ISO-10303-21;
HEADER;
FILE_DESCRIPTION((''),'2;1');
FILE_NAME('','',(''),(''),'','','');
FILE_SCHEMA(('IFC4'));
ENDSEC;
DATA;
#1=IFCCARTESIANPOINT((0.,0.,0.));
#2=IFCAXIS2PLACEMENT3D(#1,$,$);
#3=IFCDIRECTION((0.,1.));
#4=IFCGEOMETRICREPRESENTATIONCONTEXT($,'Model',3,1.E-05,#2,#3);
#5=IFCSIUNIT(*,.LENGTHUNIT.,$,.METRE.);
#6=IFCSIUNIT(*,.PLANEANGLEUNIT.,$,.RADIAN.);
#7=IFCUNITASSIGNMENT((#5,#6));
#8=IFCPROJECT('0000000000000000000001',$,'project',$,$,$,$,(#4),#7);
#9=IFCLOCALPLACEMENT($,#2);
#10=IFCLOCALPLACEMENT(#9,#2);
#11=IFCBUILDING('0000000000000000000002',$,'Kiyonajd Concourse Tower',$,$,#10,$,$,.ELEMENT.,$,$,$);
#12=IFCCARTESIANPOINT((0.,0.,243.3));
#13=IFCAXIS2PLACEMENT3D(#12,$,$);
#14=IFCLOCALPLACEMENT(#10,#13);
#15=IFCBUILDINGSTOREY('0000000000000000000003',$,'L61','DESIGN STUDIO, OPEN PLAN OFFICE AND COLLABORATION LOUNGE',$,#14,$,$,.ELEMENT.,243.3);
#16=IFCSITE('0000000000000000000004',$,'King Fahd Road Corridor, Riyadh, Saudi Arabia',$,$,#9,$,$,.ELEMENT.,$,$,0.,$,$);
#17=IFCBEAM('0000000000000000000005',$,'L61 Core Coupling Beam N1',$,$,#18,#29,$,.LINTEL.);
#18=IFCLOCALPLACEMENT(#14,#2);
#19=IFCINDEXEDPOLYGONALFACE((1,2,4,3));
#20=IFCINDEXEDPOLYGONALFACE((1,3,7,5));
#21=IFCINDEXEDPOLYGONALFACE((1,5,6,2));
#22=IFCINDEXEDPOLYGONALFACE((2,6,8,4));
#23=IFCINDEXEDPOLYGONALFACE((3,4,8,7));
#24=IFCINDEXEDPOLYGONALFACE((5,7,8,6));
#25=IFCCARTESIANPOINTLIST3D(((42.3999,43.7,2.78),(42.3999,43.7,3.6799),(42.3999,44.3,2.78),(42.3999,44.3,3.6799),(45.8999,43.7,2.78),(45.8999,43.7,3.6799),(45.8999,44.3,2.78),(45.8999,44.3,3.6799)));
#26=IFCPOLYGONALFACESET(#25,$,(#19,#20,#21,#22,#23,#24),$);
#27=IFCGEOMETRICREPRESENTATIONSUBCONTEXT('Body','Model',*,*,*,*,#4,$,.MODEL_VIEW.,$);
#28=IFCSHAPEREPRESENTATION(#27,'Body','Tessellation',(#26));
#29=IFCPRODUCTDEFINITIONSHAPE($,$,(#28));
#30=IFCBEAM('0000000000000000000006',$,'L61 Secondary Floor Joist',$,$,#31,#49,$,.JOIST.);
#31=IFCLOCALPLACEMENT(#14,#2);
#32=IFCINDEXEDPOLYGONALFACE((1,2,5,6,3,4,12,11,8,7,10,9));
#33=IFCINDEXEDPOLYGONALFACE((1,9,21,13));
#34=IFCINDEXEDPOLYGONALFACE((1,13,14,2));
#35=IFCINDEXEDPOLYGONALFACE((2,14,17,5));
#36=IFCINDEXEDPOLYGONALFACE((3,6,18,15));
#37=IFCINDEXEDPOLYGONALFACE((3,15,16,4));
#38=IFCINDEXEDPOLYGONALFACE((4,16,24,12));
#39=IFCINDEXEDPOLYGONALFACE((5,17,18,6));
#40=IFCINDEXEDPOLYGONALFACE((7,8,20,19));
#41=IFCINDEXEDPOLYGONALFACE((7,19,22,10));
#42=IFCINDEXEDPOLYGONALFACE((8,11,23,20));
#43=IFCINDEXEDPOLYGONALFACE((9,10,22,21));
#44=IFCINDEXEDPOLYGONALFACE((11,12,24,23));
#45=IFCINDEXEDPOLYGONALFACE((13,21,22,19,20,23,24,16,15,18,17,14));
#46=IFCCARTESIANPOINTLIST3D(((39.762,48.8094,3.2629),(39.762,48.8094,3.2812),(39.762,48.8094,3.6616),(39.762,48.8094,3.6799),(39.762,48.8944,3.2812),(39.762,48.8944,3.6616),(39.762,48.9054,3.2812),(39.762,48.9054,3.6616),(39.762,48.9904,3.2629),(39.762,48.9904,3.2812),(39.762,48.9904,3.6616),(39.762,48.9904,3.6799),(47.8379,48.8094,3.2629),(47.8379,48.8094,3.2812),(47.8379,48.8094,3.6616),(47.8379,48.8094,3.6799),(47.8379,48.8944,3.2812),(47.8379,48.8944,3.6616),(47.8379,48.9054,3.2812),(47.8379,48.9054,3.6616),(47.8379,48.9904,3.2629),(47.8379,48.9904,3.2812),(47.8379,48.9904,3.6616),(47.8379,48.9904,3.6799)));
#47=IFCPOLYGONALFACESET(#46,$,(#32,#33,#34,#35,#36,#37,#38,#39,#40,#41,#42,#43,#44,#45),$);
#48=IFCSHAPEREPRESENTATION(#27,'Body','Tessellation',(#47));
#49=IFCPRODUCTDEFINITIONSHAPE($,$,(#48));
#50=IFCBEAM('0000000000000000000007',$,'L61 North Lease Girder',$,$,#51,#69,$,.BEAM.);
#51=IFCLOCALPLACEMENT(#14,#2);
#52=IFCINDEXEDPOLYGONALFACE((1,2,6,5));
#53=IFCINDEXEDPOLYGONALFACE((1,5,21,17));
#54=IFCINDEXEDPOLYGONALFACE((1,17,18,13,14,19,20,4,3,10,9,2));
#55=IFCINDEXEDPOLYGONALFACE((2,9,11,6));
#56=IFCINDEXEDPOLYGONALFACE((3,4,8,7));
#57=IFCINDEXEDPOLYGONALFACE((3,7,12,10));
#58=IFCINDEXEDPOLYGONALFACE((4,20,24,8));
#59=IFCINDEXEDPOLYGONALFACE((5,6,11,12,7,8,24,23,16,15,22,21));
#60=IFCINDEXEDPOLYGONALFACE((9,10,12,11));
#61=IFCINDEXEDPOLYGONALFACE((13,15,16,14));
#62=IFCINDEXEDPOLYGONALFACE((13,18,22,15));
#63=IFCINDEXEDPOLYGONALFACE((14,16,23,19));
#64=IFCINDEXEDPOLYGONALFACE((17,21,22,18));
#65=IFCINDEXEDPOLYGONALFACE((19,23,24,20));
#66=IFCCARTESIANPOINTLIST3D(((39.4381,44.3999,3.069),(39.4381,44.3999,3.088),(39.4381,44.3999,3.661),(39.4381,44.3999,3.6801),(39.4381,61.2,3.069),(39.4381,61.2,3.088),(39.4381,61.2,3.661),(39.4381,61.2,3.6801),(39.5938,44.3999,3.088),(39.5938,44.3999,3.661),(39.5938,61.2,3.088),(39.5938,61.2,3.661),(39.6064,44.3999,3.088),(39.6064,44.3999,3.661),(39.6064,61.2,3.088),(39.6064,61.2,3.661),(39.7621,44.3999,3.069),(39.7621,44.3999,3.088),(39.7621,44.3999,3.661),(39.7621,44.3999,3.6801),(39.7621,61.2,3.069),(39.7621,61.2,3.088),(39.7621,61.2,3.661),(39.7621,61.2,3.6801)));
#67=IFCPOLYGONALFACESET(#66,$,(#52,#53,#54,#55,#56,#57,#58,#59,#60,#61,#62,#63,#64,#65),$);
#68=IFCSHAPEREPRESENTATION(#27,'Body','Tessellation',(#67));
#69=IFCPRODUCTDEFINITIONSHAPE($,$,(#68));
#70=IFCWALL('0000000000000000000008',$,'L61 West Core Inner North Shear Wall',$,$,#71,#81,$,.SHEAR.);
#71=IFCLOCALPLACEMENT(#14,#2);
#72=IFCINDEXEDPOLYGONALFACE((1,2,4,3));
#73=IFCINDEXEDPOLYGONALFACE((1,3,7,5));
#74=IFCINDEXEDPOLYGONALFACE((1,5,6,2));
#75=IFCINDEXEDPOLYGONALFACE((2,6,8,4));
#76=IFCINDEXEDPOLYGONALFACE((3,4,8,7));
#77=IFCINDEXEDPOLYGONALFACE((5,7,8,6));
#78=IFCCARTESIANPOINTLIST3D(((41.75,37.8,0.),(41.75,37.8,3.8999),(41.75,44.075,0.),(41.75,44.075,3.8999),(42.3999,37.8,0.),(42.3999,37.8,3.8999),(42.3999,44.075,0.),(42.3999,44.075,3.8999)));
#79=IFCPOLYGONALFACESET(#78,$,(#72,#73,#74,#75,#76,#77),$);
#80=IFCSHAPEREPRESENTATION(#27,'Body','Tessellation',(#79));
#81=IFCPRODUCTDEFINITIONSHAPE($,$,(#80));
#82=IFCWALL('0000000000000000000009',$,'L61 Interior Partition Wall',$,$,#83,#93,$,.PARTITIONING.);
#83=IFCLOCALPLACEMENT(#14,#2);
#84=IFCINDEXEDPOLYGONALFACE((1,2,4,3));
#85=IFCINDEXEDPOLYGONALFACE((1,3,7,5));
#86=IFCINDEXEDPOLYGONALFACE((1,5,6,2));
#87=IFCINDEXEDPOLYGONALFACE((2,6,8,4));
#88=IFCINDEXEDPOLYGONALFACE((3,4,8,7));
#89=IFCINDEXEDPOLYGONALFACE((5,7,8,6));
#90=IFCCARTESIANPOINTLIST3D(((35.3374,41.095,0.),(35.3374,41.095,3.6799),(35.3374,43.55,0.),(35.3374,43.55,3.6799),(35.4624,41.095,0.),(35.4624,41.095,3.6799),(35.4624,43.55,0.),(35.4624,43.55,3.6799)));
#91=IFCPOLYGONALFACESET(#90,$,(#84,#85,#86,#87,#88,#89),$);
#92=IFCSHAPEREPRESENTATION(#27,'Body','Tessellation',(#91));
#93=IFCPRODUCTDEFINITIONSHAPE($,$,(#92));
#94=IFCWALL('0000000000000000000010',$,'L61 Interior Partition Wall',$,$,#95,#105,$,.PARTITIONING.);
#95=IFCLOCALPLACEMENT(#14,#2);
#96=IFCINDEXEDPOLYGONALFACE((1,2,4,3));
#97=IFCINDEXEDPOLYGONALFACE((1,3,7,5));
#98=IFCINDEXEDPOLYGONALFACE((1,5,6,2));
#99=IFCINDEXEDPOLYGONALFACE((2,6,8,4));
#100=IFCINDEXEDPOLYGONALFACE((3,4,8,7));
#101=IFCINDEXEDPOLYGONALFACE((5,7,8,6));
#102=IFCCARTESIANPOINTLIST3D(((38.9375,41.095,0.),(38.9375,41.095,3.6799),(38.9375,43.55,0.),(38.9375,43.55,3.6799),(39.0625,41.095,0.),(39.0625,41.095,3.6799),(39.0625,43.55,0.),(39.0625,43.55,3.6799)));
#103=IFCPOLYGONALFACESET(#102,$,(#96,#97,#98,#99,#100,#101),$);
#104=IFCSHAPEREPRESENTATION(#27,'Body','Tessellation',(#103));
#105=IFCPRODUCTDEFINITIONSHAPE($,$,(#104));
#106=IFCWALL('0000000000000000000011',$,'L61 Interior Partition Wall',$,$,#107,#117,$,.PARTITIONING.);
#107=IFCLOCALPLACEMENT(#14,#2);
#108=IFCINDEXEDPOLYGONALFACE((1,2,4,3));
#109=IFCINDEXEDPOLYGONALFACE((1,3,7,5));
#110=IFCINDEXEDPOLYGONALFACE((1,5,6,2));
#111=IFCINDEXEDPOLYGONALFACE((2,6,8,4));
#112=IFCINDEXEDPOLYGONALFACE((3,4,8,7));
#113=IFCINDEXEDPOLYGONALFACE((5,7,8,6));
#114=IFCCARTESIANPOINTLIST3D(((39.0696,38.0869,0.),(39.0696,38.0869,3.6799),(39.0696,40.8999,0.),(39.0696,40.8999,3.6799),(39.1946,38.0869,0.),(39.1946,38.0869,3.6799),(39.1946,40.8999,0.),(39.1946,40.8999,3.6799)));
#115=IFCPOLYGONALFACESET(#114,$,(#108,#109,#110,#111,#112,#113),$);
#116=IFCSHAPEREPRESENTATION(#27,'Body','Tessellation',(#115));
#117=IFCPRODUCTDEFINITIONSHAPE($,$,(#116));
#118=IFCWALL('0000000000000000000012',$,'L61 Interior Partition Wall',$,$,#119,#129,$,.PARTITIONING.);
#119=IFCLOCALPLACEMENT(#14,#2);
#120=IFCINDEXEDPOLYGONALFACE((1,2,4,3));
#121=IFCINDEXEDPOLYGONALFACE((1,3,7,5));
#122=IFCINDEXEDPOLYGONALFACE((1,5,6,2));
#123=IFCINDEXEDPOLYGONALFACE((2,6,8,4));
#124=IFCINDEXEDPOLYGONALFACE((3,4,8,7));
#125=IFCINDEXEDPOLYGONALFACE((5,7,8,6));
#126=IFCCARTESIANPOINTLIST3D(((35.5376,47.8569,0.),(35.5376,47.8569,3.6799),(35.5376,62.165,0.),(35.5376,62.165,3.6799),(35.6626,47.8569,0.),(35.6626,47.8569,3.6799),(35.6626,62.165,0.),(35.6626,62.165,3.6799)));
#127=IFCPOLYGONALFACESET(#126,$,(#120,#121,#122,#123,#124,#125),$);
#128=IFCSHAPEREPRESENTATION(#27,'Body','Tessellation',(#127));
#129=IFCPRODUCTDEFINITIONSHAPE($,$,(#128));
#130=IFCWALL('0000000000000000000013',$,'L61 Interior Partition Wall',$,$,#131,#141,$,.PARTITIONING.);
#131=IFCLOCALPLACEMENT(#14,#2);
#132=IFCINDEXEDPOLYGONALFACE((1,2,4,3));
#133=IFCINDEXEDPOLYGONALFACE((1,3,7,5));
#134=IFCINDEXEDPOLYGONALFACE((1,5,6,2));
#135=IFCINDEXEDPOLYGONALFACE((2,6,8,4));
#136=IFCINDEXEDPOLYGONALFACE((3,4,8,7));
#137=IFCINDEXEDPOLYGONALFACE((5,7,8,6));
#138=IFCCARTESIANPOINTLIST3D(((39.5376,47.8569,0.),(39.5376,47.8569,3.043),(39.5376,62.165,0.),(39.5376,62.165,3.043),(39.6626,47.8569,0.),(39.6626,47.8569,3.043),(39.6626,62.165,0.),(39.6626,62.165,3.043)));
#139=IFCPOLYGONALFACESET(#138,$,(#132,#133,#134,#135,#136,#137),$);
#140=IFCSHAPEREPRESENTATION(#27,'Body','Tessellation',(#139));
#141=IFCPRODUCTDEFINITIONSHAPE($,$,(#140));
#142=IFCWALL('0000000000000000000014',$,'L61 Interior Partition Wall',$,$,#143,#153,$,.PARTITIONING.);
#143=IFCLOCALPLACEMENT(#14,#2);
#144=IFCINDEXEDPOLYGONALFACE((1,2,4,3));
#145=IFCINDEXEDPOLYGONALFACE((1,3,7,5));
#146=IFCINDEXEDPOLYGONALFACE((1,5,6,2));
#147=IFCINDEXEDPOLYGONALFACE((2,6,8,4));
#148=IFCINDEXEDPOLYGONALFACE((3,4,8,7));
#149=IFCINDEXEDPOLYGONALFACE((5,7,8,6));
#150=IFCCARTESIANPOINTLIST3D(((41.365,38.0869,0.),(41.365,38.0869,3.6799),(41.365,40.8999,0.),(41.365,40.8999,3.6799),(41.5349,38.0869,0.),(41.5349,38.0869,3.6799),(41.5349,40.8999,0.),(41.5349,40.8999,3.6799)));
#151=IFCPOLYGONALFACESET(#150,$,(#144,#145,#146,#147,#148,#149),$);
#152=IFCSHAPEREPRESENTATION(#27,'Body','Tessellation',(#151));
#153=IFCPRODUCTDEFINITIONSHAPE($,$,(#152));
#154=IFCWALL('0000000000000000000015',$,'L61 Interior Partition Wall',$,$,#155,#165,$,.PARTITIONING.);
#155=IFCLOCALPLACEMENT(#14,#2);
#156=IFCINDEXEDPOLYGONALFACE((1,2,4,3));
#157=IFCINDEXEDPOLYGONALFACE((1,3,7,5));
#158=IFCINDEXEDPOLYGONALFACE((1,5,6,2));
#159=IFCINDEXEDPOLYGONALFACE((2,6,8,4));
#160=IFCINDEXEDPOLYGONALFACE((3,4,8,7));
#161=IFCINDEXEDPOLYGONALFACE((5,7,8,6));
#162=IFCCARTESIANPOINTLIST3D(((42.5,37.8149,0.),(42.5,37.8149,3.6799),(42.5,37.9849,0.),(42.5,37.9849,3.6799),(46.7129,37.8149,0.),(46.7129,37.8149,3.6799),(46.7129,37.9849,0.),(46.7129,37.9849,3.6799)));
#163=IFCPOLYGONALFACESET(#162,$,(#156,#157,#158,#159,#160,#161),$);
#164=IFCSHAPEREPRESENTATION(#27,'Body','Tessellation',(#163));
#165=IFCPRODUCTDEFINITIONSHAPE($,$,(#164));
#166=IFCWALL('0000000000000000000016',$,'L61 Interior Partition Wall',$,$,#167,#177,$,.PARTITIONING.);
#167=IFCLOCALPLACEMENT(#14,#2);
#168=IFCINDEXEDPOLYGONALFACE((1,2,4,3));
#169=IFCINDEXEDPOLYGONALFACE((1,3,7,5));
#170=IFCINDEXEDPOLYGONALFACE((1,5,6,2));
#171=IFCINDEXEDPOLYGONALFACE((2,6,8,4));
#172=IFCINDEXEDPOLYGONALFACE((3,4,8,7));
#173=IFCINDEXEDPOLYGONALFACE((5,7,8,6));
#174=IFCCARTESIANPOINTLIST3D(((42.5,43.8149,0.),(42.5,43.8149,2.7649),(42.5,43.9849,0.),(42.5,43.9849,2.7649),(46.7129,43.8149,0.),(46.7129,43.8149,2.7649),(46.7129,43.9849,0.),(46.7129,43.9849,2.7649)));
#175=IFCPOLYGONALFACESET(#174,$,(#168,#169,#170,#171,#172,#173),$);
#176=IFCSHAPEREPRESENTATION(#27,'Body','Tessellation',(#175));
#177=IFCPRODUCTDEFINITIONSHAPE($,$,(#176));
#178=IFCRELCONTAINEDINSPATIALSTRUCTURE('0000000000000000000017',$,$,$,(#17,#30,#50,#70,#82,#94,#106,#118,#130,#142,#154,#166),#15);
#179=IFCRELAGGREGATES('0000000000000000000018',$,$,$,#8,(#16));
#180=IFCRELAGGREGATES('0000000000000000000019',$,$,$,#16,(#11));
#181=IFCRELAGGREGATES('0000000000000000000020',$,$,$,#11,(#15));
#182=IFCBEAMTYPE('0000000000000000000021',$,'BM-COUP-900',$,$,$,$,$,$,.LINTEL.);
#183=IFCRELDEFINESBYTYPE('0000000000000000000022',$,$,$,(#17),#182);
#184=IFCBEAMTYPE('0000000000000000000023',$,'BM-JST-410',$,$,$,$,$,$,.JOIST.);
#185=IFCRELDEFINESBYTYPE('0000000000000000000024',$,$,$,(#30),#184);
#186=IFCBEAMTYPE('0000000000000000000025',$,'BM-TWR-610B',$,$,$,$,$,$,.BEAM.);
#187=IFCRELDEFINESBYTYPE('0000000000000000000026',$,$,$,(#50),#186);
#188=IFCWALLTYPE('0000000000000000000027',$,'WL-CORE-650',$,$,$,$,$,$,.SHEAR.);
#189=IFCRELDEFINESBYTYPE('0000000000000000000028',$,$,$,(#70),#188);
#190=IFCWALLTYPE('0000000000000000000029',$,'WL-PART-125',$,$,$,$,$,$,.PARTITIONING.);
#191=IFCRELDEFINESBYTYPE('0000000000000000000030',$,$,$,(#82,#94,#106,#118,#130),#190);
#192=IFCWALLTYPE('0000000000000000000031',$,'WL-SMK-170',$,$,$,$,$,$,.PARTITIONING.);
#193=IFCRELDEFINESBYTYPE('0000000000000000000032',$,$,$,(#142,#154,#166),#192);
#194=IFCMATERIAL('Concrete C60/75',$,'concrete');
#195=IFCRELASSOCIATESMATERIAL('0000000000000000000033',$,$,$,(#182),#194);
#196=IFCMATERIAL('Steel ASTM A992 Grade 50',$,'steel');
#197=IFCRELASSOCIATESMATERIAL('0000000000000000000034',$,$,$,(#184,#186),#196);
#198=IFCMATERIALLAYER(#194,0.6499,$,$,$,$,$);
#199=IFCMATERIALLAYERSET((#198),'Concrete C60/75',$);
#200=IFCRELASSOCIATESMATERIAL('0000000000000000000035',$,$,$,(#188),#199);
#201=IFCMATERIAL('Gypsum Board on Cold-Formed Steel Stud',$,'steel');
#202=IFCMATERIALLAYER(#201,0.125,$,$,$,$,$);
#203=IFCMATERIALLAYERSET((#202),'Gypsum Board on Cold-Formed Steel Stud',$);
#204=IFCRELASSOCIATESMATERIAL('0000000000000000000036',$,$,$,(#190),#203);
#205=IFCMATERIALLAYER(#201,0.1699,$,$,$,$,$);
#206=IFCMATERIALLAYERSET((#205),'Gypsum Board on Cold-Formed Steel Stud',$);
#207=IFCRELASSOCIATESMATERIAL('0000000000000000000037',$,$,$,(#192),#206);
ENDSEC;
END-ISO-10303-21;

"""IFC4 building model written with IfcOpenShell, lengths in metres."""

from ifc_helpers import new_model, si_unit, direction, frame, frame_2d, origin, origin_2d, place, context, subcontext, project, spatial, rectangle, i_section, extrude, material, layer, layer_set, material_profile, profile_set, type_object, element, save


model = new_model("IFC4")

# Units and contexts
model_context = context("Model", 3, precision=1e-05, world=origin(), true_north=direction((0.0, 1.0)))
body_context = subcontext(model_context, "Body", "Model", "MODEL_VIEW")
ifc_project = project(units=[si_unit("LENGTHUNIT", "METRE"), si_unit("PLANEANGLEUNIT", "RADIAN")], contexts=[model_context])

# Site, building, storey
site_placement = place(None, origin())
site = spatial("IfcSite", under=ifc_project, at=site_placement, Name="King Fahd Road Corridor, Riyadh, Saudi Arabia", CompositionType="ELEMENT", RefElevation=0.0)
building_placement = place(site_placement, origin())
building = spatial("IfcBuilding", under=site, at=building_placement, Name="Kiyonajd Concourse Tower", CompositionType="ELEMENT")
storey_placement = place(building_placement, frame((0.0, 0.0, 243.3)))
storey = spatial("IfcBuildingStorey", under=building, at=storey_placement, Name="L61", Description="DESIGN STUDIO, OPEN PLAN OFFICE AND COLLABORATION LOUNGE", CompositionType="ELEMENT", Elevation=243.3)

# Beams
ifc_material_1 = material(Name="Concrete C60/75", Category="concrete")
ifc_material_profile_1 = material_profile(ifc_material_1, rectangle(XDim=0.6001, YDim=0.8999, at=origin_2d()), Name="RCBM-600x900")
ifc_profile_set_1 = profile_set([ifc_material_profile_1], Name="Concrete C60/75")
beam_type_1 = type_object("IfcBeamType", Name="BM-COUP-900", PredefinedType="LINTEL", material=ifc_profile_set_1)
beam_1_placement = place(storey_placement, frame((42.3999, 44.0, 3.23), z_axis=(1.0, 0.0, 0.0), x_axis=(0.0, 1.0, 0.0)))
element("IfcBeam", 1, at=beam_1_placement, inside=storey, type_object=beam_type_1, Name="L61 Core Coupling Beam N1", PredefinedType="LINTEL", context=body_context, shape_type="SweptSolid", body=[
    extrude(rectangle(XDim=0.6001, YDim=0.8999, at=origin_2d()), origin(), (0.0, 0.0, 1.0), 3.5),
])
ifc_material_2 = material(Name="Steel ASTM A992 Grade 50", Category="steel")
ifc_material_profile_2 = material_profile(ifc_material_2, i_section(OverallWidth=0.1809, OverallDepth=0.417, WebThickness=0.011, FlangeThickness=0.0183, at=origin_2d()), Name="W410X85")
ifc_profile_set_2 = profile_set([ifc_material_profile_2], Name="Steel ASTM A992 Grade 50")
beam_type_2 = type_object("IfcBeamType", Name="BM-JST-410", PredefinedType="JOIST", material=ifc_profile_set_2)
beam_2_placement = place(storey_placement, frame((39.762, 48.8999, 3.4714), z_axis=(1.0, 0.0, 0.0), x_axis=(0.0, 1.0, 0.0)))
element("IfcBeam", 2, at=beam_2_placement, inside=storey, type_object=beam_type_2, Name="L61 Secondary Floor Joist", PredefinedType="JOIST", context=body_context, shape_type="SweptSolid", body=[
    extrude(i_section(OverallWidth=0.1809, OverallDepth=0.417, WebThickness=0.011, FlangeThickness=0.0183, at=origin_2d()), origin(), (0.0, 0.0, 1.0), 8.0759),
])
ifc_material_profile_3 = material_profile(ifc_material_2, i_section(OverallWidth=0.324, OverallDepth=0.6111, WebThickness=0.0127, FlangeThickness=0.019, at=origin_2d()), Name="W610X155")
ifc_profile_set_3 = profile_set([ifc_material_profile_3], Name="Steel ASTM A992 Grade 50")
beam_type_3 = type_object("IfcBeamType", Name="BM-TWR-610B", PredefinedType="BEAM", material=ifc_profile_set_3)
beam_3_placement = place(storey_placement, frame((39.6001, 44.3999, 3.3745), z_axis=(0.0, 1.0, 0.0), x_axis=(-1.0, 0.0, 0.0)))
element("IfcBeam", 3, at=beam_3_placement, inside=storey, type_object=beam_type_3, Name="L61 North Lease Girder", PredefinedType="BEAM", context=body_context, shape_type="SweptSolid", body=[
    extrude(i_section(OverallWidth=0.324, OverallDepth=0.6111, WebThickness=0.0127, FlangeThickness=0.019, at=origin_2d()), origin(), (0.0, 0.0, 1.0), 16.8),
])

# Walls
ifc_layer_1 = layer(ifc_material_1, 0.6499)
ifc_layer_set_1 = layer_set([ifc_layer_1], Name="Concrete C60/75")
wall_type_1 = type_object("IfcWallType", Name="WL-CORE-650", PredefinedType="SHEAR", material=ifc_layer_set_1)
wall_1_placement = place(storey_placement, frame((42.075, 37.8, 0.0), z_axis=(0.0, 0.0, 1.0), x_axis=(0.0, 1.0, 0.0)))
element("IfcWall", 4, at=wall_1_placement, inside=storey, type_object=wall_type_1, Name="L61 West Core Inner North Shear Wall", PredefinedType="SHEAR", context=body_context, shape_type="SweptSolid", body=[
    extrude(rectangle(XDim=6.2749, YDim=0.6499, at=frame_2d((3.1375, 0.0))), origin(), (0.0, 0.0, 1.0), 3.8999),
])
ifc_material_3 = material(Name="Gypsum Board on Cold-Formed Steel Stud", Category="steel")
ifc_layer_2 = layer(ifc_material_3, 0.125)
ifc_layer_set_2 = layer_set([ifc_layer_2], Name="Gypsum Board on Cold-Formed Steel Stud")
wall_type_2 = type_object("IfcWallType", Name="WL-PART-125", PredefinedType="PARTITIONING", material=ifc_layer_set_2)
for number, where, z_axis, x_axis, name in (
    (5, (35.3999, 41.095, 0.0), (0.0, 0.0, 1.0), (0.0, 1.0, 0.0), "L61 Interior Partition Wall"),
    (6, (39.0, 41.095, 0.0), (0.0, 0.0, 1.0), (0.0, 1.0, 0.0), "L61 Interior Partition Wall"),
):
    element("IfcWall", number, at=place(storey_placement, frame(where, z_axis=z_axis, x_axis=x_axis)), inside=storey, type_object=wall_type_2, Name=name, PredefinedType="PARTITIONING", context=body_context, shape_type="SweptSolid", body=[
        extrude(rectangle(XDim=2.4551, YDim=0.125, at=frame_2d((1.2275, 0.0))), origin(), (0.0, 0.0, 1.0), 3.6799),
    ])
wall_2_placement = place(storey_placement, frame((39.1321, 38.0869, 0.0), z_axis=(0.0, 0.0, 1.0), x_axis=(0.0, 1.0, 0.0)))
element("IfcWall", 7, at=wall_2_placement, inside=storey, type_object=wall_type_2, Name="L61 Interior Partition Wall", PredefinedType="PARTITIONING", context=body_context, shape_type="SweptSolid", body=[
    extrude(rectangle(XDim=2.813, YDim=0.125, at=frame_2d((1.4065, 0.0))), origin(), (0.0, 0.0, 1.0), 3.6799),
])
wall_3_placement = place(storey_placement, frame((35.6001, 47.8569, 0.0), z_axis=(0.0, 0.0, 1.0), x_axis=(0.0, 1.0, 0.0)))
element("IfcWall", 8, at=wall_3_placement, inside=storey, type_object=wall_type_2, Name="L61 Interior Partition Wall", PredefinedType="PARTITIONING", context=body_context, shape_type="SweptSolid", body=[
    extrude(rectangle(XDim=14.3081, YDim=0.125, at=frame_2d((7.1541, 0.0))), origin(), (0.0, 0.0, 1.0), 3.6799),
])
wall_4_placement = place(storey_placement, frame((39.6001, 47.8569, 0.0), z_axis=(0.0, 0.0, 1.0), x_axis=(0.0, 1.0, 0.0)))
element("IfcWall", 9, at=wall_4_placement, inside=storey, type_object=wall_type_2, Name="L61 Interior Partition Wall", PredefinedType="PARTITIONING", context=body_context, shape_type="SweptSolid", body=[
    extrude(rectangle(XDim=14.3081, YDim=0.125, at=frame_2d((7.1541, 0.0))), origin(), (0.0, 0.0, 1.0), 3.043),
])
ifc_layer_3 = layer(ifc_material_3, 0.1699)
ifc_layer_set_3 = layer_set([ifc_layer_3], Name="Gypsum Board on Cold-Formed Steel Stud")
wall_type_3 = type_object("IfcWallType", Name="WL-SMK-170", PredefinedType="PARTITIONING", material=ifc_layer_set_3)
wall_5_placement = place(storey_placement, frame((41.45, 38.0869, 0.0), z_axis=(0.0, 0.0, 1.0), x_axis=(0.0, 1.0, 0.0)))
element("IfcWall", 10, at=wall_5_placement, inside=storey, type_object=wall_type_3, Name="L61 Interior Partition Wall", PredefinedType="PARTITIONING", context=body_context, shape_type="SweptSolid", body=[
    extrude(rectangle(XDim=2.813, YDim=0.1699, at=frame_2d((1.4065, 0.0))), origin(), (0.0, 0.0, 1.0), 3.6799),
])
wall_6_placement = place(storey_placement, frame((42.5, 37.8999, 0.0), z_axis=(0.0, 0.0, 1.0), x_axis=(1.0, 0.0, 0.0)))
element("IfcWall", 11, at=wall_6_placement, inside=storey, type_object=wall_type_3, Name="L61 Interior Partition Wall", PredefinedType="PARTITIONING", context=body_context, shape_type="SweptSolid", body=[
    extrude(rectangle(XDim=4.2129, YDim=0.1699, at=frame_2d((2.1064, 0.0))), origin(), (0.0, 0.0, 1.0), 3.6799),
])
wall_7_placement = place(storey_placement, frame((42.5, 43.8999, 0.0), z_axis=(0.0, 0.0, 1.0), x_axis=(1.0, 0.0, 0.0)))
element("IfcWall", 12, at=wall_7_placement, inside=storey, type_object=wall_type_3, Name="L61 Interior Partition Wall", PredefinedType="PARTITIONING", context=body_context, shape_type="SweptSolid", body=[
    extrude(rectangle(XDim=4.2129, YDim=0.1699, at=frame_2d((2.1064, 0.0))), origin(), (0.0, 0.0, 1.0), 2.7649),
])

save(model, "model.ifc")
